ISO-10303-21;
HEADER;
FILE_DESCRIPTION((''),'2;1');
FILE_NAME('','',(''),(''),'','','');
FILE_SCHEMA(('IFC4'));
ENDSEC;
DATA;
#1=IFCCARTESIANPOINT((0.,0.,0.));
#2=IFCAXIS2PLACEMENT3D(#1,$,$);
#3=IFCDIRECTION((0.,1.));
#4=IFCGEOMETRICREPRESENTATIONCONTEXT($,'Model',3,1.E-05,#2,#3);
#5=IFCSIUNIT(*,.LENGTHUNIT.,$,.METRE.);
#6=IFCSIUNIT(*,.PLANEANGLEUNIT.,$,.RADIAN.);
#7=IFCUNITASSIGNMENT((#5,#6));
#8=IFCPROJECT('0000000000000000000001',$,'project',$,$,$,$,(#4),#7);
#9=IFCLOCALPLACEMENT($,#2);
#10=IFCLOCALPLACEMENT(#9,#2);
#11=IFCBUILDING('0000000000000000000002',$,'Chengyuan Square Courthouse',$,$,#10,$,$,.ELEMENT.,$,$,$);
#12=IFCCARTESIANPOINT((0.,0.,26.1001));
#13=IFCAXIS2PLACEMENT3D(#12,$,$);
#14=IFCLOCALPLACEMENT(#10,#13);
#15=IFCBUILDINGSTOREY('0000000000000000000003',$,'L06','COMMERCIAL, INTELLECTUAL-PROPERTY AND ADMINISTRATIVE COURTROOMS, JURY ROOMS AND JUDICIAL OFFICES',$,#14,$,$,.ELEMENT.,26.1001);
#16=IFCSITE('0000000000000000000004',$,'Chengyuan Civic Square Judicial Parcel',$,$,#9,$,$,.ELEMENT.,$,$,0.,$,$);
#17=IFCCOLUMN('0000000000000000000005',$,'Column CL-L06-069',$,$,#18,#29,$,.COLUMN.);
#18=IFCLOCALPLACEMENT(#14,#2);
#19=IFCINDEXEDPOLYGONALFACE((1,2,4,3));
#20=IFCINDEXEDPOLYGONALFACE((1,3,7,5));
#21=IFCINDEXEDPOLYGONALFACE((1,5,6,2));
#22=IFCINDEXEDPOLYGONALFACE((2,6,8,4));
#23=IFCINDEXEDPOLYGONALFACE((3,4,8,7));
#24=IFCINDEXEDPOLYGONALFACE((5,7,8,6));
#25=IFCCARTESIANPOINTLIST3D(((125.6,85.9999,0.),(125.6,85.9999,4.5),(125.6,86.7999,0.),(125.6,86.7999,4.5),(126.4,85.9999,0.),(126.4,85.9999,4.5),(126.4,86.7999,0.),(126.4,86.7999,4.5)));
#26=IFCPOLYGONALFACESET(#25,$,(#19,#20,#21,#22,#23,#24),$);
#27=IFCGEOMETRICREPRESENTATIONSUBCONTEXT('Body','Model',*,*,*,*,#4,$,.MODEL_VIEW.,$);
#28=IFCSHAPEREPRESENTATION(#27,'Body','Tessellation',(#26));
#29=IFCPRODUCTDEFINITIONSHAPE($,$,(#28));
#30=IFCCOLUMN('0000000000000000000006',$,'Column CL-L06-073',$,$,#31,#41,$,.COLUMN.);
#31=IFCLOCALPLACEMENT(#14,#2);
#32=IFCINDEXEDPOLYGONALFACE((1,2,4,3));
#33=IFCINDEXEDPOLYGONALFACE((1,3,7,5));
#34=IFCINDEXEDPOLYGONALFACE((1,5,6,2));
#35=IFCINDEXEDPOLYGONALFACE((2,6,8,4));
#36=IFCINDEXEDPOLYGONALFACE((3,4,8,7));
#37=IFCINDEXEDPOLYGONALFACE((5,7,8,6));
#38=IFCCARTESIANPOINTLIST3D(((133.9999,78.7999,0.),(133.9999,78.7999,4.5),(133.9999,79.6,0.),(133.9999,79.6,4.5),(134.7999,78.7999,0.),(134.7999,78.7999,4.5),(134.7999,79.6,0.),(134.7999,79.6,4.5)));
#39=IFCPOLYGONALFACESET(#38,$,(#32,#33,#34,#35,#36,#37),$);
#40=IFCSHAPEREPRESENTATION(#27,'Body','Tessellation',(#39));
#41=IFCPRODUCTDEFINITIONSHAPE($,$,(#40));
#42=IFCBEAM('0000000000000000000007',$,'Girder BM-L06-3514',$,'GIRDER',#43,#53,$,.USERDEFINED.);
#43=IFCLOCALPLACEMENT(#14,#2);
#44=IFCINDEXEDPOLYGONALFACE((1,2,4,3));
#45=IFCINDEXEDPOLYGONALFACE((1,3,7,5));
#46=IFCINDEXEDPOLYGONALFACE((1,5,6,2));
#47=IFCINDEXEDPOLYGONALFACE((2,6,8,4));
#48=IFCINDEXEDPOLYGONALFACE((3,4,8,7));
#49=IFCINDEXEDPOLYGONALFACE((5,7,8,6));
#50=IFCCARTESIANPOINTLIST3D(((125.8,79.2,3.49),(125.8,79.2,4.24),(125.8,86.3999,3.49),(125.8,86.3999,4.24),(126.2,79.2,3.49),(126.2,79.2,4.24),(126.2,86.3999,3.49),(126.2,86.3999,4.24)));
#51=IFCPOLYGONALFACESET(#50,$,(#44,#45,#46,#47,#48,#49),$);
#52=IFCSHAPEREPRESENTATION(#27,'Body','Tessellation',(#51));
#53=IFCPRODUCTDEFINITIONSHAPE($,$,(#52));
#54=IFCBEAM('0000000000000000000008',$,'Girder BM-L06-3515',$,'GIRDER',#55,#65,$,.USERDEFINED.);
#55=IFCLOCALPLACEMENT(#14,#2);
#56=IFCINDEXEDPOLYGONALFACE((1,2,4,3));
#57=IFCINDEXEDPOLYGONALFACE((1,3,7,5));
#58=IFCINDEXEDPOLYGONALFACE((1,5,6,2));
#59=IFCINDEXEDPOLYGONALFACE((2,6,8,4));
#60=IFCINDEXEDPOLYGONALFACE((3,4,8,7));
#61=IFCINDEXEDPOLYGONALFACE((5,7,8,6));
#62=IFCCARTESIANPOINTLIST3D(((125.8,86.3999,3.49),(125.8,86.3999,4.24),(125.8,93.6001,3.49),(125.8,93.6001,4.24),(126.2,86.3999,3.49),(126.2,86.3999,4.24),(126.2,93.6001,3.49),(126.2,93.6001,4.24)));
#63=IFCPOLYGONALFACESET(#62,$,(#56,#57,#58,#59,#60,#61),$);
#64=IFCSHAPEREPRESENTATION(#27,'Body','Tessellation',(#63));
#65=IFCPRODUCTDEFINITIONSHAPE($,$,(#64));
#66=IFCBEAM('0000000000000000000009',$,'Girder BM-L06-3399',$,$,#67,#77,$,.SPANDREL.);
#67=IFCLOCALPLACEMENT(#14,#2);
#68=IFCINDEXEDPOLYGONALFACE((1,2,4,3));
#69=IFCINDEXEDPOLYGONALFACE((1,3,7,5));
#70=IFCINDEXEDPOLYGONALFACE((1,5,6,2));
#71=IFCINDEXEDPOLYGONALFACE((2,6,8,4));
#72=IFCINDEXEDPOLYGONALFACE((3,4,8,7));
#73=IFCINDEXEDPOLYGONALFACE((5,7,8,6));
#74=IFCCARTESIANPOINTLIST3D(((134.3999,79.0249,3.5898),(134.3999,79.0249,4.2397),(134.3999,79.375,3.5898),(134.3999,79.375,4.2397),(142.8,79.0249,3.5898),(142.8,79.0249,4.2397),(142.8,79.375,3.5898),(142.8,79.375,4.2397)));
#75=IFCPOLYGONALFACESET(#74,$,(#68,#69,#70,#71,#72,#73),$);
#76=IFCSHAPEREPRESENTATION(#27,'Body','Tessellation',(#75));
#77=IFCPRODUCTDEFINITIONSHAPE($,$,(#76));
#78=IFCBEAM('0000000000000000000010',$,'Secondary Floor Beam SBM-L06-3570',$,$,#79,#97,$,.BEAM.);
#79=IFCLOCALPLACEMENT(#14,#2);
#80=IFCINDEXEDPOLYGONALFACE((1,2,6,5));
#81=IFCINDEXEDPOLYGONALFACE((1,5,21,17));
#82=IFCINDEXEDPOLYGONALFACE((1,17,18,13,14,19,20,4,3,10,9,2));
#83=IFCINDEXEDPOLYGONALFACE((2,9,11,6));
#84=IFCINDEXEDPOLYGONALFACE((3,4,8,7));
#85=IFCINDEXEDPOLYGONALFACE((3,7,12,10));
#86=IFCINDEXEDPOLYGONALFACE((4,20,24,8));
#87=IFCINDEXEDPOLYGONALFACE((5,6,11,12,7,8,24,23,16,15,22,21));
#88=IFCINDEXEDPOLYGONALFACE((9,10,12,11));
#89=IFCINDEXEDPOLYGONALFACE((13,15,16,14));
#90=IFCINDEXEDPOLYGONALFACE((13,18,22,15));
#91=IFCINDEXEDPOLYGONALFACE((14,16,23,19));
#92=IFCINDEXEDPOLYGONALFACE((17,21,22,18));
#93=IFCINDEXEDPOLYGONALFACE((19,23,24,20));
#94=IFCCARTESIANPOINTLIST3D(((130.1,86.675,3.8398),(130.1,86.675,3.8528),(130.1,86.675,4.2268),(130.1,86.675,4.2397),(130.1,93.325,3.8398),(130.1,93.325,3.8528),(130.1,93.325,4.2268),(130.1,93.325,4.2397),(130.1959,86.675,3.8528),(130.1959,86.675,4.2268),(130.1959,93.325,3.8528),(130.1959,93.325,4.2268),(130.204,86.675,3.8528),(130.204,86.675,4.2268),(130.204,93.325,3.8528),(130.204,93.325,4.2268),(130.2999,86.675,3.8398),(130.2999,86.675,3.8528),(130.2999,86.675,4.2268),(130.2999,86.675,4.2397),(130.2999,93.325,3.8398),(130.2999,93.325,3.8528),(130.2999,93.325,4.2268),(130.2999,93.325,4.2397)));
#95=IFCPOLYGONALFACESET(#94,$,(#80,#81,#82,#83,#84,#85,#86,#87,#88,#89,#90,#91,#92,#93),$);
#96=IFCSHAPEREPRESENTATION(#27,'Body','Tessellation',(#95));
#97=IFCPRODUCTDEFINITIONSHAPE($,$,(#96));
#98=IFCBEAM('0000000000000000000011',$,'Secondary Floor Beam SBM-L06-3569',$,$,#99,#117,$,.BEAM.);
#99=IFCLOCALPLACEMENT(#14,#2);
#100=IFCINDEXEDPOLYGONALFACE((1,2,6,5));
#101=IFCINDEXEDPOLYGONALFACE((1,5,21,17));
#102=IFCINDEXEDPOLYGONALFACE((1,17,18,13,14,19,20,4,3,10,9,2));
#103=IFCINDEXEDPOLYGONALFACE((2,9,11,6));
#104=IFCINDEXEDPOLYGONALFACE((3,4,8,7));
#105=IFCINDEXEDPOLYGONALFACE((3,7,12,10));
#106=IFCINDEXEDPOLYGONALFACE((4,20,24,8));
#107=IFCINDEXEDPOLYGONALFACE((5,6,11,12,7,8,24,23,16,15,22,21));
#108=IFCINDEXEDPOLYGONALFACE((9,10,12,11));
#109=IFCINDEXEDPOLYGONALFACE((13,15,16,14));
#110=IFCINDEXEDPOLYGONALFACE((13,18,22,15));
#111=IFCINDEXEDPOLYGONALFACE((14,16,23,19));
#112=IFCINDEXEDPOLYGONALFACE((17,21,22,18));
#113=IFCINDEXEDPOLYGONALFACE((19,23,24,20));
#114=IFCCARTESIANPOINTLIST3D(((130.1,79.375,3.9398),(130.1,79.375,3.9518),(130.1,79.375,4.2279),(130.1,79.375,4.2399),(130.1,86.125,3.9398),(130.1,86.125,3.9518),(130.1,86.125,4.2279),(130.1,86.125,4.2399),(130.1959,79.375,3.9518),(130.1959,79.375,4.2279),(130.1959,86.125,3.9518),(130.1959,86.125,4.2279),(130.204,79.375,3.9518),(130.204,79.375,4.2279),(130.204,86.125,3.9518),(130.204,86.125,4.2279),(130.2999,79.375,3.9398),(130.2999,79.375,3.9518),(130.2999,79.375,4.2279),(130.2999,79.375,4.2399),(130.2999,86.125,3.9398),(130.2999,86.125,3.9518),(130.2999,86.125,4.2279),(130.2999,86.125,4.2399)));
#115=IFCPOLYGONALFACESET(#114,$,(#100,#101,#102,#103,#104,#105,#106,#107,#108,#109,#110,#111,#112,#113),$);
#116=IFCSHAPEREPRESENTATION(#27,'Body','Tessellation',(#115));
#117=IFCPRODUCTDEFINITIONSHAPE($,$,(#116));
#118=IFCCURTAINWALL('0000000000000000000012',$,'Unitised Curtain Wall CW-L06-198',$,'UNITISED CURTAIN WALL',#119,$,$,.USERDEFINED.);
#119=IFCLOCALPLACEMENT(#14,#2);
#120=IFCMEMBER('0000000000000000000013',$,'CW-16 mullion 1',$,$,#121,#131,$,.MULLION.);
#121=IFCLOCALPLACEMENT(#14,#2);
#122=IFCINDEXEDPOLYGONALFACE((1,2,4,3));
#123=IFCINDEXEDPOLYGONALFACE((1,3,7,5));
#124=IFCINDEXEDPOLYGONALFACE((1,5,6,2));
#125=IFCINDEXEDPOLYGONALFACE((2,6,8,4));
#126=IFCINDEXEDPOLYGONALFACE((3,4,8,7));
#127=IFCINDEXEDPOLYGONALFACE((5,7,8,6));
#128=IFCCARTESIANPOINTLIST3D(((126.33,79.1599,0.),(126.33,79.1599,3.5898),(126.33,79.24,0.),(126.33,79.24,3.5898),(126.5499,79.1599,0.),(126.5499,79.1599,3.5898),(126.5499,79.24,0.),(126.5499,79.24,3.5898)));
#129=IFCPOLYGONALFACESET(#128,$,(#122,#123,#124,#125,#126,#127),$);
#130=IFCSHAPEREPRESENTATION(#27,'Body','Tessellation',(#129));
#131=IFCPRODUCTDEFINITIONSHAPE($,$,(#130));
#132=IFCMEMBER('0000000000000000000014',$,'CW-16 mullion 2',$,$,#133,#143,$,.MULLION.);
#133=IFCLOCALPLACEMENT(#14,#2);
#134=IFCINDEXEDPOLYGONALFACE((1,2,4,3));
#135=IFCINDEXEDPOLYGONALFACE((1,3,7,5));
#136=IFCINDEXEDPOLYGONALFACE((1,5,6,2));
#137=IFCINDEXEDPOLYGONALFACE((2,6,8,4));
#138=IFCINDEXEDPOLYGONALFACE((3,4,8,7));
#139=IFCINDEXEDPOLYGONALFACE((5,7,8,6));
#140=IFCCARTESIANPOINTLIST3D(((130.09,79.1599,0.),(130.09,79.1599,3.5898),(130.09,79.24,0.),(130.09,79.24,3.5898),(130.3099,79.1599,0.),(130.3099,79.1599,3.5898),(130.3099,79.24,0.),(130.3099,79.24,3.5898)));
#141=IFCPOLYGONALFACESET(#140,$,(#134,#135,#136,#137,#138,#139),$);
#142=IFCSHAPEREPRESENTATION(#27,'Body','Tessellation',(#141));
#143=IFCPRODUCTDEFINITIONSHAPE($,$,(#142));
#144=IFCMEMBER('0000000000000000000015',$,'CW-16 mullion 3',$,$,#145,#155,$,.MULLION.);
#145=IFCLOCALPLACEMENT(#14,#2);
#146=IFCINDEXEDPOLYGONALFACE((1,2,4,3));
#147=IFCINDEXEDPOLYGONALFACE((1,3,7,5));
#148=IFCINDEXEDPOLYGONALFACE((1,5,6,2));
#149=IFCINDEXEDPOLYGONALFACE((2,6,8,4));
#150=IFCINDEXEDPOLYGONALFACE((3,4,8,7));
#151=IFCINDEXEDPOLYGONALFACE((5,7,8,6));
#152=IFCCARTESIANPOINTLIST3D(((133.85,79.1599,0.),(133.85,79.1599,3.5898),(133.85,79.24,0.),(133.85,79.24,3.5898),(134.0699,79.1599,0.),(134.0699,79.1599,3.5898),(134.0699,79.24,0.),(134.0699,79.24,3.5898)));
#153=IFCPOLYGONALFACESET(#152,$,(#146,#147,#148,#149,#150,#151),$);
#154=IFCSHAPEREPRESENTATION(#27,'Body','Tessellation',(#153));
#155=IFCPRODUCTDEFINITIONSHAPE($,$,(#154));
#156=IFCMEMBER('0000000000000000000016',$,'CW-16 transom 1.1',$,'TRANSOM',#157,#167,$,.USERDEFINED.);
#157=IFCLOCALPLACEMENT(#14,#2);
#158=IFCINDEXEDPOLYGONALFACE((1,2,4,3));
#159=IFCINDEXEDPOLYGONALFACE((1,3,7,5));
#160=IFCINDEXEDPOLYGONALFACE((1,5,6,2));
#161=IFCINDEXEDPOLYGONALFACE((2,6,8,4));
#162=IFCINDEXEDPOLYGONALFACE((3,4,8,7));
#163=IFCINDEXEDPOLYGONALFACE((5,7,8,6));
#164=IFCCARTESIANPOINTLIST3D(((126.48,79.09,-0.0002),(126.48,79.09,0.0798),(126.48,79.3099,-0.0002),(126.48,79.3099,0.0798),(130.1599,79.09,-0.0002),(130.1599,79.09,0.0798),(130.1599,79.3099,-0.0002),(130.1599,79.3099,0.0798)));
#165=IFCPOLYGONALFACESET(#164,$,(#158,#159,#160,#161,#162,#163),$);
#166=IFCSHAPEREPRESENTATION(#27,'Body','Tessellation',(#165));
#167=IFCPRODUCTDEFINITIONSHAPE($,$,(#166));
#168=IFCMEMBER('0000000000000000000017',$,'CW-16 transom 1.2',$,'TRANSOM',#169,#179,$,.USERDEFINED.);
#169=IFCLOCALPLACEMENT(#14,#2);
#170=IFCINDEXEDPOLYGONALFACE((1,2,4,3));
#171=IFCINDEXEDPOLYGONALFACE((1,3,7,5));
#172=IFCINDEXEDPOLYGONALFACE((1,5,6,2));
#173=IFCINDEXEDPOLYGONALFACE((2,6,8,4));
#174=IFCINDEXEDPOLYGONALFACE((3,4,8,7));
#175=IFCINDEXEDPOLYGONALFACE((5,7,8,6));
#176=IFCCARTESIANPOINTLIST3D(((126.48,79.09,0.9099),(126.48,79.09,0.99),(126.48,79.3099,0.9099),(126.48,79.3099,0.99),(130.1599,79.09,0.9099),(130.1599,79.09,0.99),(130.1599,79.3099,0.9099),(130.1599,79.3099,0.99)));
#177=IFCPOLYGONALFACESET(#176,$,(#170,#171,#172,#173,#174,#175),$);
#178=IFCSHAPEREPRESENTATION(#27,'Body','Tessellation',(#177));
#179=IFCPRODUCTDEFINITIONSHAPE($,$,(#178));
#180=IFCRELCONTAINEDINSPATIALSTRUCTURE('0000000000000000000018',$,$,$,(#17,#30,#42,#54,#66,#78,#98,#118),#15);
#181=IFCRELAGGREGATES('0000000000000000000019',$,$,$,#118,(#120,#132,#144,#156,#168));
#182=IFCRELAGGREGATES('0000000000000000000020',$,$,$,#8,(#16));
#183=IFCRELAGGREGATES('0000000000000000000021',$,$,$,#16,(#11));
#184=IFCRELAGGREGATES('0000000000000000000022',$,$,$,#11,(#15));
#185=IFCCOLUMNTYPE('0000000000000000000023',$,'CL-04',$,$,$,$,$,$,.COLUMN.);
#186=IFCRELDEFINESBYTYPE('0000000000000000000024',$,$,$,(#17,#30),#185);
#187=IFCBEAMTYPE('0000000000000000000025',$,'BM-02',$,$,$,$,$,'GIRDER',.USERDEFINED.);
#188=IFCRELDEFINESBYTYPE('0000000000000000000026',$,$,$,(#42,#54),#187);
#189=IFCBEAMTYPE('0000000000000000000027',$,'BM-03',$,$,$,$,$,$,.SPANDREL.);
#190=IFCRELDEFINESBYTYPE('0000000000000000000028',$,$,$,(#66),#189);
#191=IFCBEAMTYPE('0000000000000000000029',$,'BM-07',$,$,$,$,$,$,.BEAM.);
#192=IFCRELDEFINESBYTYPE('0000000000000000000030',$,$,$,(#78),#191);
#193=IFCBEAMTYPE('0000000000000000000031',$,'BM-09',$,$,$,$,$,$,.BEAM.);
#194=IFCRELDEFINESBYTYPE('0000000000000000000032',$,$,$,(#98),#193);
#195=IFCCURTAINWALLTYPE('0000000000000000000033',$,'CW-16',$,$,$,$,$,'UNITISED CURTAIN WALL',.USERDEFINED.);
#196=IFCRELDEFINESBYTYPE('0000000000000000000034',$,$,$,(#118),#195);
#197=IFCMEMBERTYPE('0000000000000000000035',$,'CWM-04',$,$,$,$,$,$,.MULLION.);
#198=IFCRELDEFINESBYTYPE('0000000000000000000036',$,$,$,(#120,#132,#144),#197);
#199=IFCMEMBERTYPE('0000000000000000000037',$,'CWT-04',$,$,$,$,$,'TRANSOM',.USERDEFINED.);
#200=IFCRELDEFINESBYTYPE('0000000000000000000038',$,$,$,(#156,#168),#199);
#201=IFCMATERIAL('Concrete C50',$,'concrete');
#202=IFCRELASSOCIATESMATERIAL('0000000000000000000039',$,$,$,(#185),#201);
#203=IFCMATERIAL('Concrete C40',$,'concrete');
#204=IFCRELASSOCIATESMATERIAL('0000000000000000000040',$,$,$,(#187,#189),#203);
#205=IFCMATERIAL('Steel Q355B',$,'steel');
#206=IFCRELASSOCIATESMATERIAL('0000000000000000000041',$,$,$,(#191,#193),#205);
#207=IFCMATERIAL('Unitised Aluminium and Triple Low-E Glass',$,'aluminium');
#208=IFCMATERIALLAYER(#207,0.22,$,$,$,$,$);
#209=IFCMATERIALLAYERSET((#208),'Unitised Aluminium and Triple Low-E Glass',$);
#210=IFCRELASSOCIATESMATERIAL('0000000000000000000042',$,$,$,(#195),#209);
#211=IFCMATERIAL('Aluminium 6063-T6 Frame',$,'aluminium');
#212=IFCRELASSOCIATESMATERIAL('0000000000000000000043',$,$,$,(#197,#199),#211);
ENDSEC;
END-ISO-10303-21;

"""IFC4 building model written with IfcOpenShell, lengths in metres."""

from ifc_helpers import new_model, si_unit, direction, frame, origin, origin_2d, place, context, subcontext, project, spatial, rectangle, i_section, extrude, material, layer, layer_set, material_profile, profile_set, type_object, element, aggregate, save


model = new_model("IFC4")

# Units and contexts
model_context = context("Model", 3, precision=1e-05, world=origin(), true_north=direction((0.0, 1.0)))
body_context = subcontext(model_context, "Body", "Model", "MODEL_VIEW")
ifc_project = project(units=[si_unit("LENGTHUNIT", "METRE"), si_unit("PLANEANGLEUNIT", "RADIAN")], contexts=[model_context])

# Site, building, storey
site_placement = place(None, origin())
site = spatial("IfcSite", under=ifc_project, at=site_placement, Name="Chengyuan Civic Square Judicial Parcel", CompositionType="ELEMENT", RefElevation=0.0)
building_placement = place(site_placement, origin())
building = spatial("IfcBuilding", under=site, at=building_placement, Name="Chengyuan Square Courthouse", CompositionType="ELEMENT")
storey_placement = place(building_placement, frame((0.0, 0.0, 26.1001)))
storey = spatial("IfcBuildingStorey", under=building, at=storey_placement, Name="L06", Description="COMMERCIAL, INTELLECTUAL-PROPERTY AND ADMINISTRATIVE COURTROOMS, JURY ROOMS AND JUDICIAL OFFICES", CompositionType="ELEMENT", Elevation=26.1001)

# Columns
ifc_material_1 = material(Name="Concrete C50", Category="concrete")
ifc_material_profile_1 = material_profile(ifc_material_1, rectangle(XDim=0.8, YDim=0.8, at=origin_2d()), Name="RC-COL-800x800")
ifc_profile_set_1 = profile_set([ifc_material_profile_1], Name="Concrete C50")
column_type = type_object("IfcColumnType", Name="CL-04", PredefinedType="COLUMN", material=ifc_profile_set_1)
for number, where, z_axis, x_axis, name in (
    (1, (126.0, 86.3999, 0.0), (0.0, 0.0, 1.0), (1.0, 0.0, 0.0), "Column CL-L06-069"),
    (2, (134.3999, 79.2, 0.0), (0.0, 0.0, 1.0), (1.0, 0.0, 0.0), "Column CL-L06-073"),
):
    element("IfcColumn", number, at=place(storey_placement, frame(where, z_axis=z_axis, x_axis=x_axis)), inside=storey, type_object=column_type, Name=name, PredefinedType="COLUMN", context=body_context, shape_type="SweptSolid", body=[
        extrude(rectangle(XDim=0.8, YDim=0.8, at=origin_2d()), origin(), (0.0, 0.0, 1.0), 4.5),
    ])

# Beams
ifc_material_2 = material(Name="Concrete C40", Category="concrete")
ifc_material_profile_2 = material_profile(ifc_material_2, rectangle(XDim=0.3999, YDim=0.75, at=origin_2d()), Name="RC-BM-400x750")
ifc_profile_set_2 = profile_set([ifc_material_profile_2], Name="Concrete C40")
beam_type_1 = type_object("IfcBeamType", Name="BM-02", ElementType="GIRDER", PredefinedType="USERDEFINED", material=ifc_profile_set_2)
beam_1_placement = place(storey_placement, frame((126.0, 79.2, 3.865), z_axis=(0.0, 1.0, 0.0), x_axis=(-1.0, 0.0, 0.0)))
element("IfcBeam", 3, at=beam_1_placement, inside=storey, type_object=beam_type_1, Name="Girder BM-L06-3514", ObjectType="GIRDER", PredefinedType="USERDEFINED", context=body_context, shape_type="SweptSolid", body=[
    extrude(rectangle(XDim=0.3999, YDim=0.75, at=origin_2d()), origin(), (0.0, 0.0, 1.0), 7.2),
])
beam_2_placement = place(storey_placement, frame((126.0, 86.3999, 3.865), z_axis=(0.0, 1.0, 0.0), x_axis=(-1.0, 0.0, 0.0)))
element("IfcBeam", 4, at=beam_2_placement, inside=storey, type_object=beam_type_1, Name="Girder BM-L06-3515", ObjectType="GIRDER", PredefinedType="USERDEFINED", context=body_context, shape_type="SweptSolid", body=[
    extrude(rectangle(XDim=0.3999, YDim=0.75, at=origin_2d()), origin(), (0.0, 0.0, 1.0), 7.2002),
])
ifc_material_profile_3 = material_profile(ifc_material_2, rectangle(XDim=0.3501, YDim=0.6499, at=origin_2d()), Name="RC-BM-350x650")
ifc_profile_set_3 = profile_set([ifc_material_profile_3], Name="Concrete C40")
beam_type_2 = type_object("IfcBeamType", Name="BM-03", PredefinedType="SPANDREL", material=ifc_profile_set_3)
beam_3_placement = place(storey_placement, frame((134.3999, 79.2, 3.9148), z_axis=(1.0, 0.0, 0.0), x_axis=(0.0, 1.0, 0.0)))
element("IfcBeam", 5, at=beam_3_placement, inside=storey, type_object=beam_type_2, Name="Girder BM-L06-3399", PredefinedType="SPANDREL", context=body_context, shape_type="SweptSolid", body=[
    extrude(rectangle(XDim=0.3501, YDim=0.6499, at=origin_2d()), origin(), (0.0, 0.0, 1.0), 8.4001),
])
ifc_material_3 = material(Name="Steel Q355B", Category="steel")
ifc_material_profile_4 = material_profile(ifc_material_3, i_section(OverallWidth=0.2, OverallDepth=0.3999, WebThickness=0.0081, FlangeThickness=0.0129, at=origin_2d()), Name="HN 400x200x8x13")
ifc_profile_set_4 = profile_set([ifc_material_profile_4], Name="Steel Q355B")
beam_type_3 = type_object("IfcBeamType", Name="BM-07", PredefinedType="BEAM", material=ifc_profile_set_4)
beam_4_placement = place(storey_placement, frame((130.2, 86.675, 4.0398), z_axis=(0.0, 1.0, 0.0), x_axis=(-1.0, 0.0, 0.0)))
element("IfcBeam", 6, at=beam_4_placement, inside=storey, type_object=beam_type_3, Name="Secondary Floor Beam SBM-L06-3570", PredefinedType="BEAM", context=body_context, shape_type="SweptSolid", body=[
    extrude(i_section(OverallWidth=0.2, OverallDepth=0.3999, WebThickness=0.0081, FlangeThickness=0.0129, at=origin_2d()), origin(), (0.0, 0.0, 1.0), 6.6499),
])
ifc_material_profile_5 = material_profile(ifc_material_3, i_section(OverallWidth=0.2, OverallDepth=0.3, WebThickness=0.0081, FlangeThickness=0.012, at=origin_2d()), Name="HM 300x200x8x12")
ifc_profile_set_5 = profile_set([ifc_material_profile_5], Name="Steel Q355B")
beam_type_4 = type_object("IfcBeamType", Name="BM-09", PredefinedType="BEAM", material=ifc_profile_set_5)
beam_5_placement = place(storey_placement, frame((130.2, 79.375, 4.0898), z_axis=(0.0, 1.0, 0.0), x_axis=(-1.0, 0.0, 0.0)))
element("IfcBeam", 7, at=beam_5_placement, inside=storey, type_object=beam_type_4, Name="Secondary Floor Beam SBM-L06-3569", PredefinedType="BEAM", context=body_context, shape_type="SweptSolid", body=[
    extrude(i_section(OverallWidth=0.2, OverallDepth=0.3, WebThickness=0.0081, FlangeThickness=0.012, at=origin_2d()), origin(), (0.0, 0.0, 1.0), 6.75),
])

# Curtain wall, members
ifc_material_4 = material(Name="Unitised Aluminium and Triple Low-E Glass", Category="aluminium")
ifc_layer_1 = layer(ifc_material_4, 0.22)
ifc_layer_set_1 = layer_set([ifc_layer_1], Name="Unitised Aluminium and Triple Low-E Glass")
curtain_wall_type = type_object("IfcCurtainWallType", Name="CW-16", ElementType="UNITISED CURTAIN WALL", PredefinedType="USERDEFINED", material=ifc_layer_set_1)
curtain_wall_placement = place(storey_placement, origin())
curtain_wall = element("IfcCurtainWall", 8, at=curtain_wall_placement, inside=storey, type_object=curtain_wall_type, Name="Unitised Curtain Wall CW-L06-198", ObjectType="UNITISED CURTAIN WALL", PredefinedType="USERDEFINED")
ifc_material_5 = material(Name="Aluminium 6063-T6 Frame", Category="aluminium")
ifc_material_profile_6 = material_profile(ifc_material_5, rectangle(XDim=0.0801, YDim=0.22, at=origin_2d()), Name="CW-MUL-80x220")
ifc_profile_set_6 = profile_set([ifc_material_profile_6], Name="Aluminium 6063-T6 Frame")
member_type_1 = type_object("IfcMemberType", Name="CWM-04", PredefinedType="MULLION", material=ifc_profile_set_6)
member_1_placement = place(storey_placement, frame((126.4399, 79.2, 0.0), z_axis=(0.0, 0.0, 1.0), x_axis=(0.0, 1.0, 0.0)))
member_1 = element("IfcMember", 9, at=member_1_placement, type_object=member_type_1, Name="CW-16 mullion 1", PredefinedType="MULLION", context=body_context, shape_type="SweptSolid", body=[
    extrude(rectangle(XDim=0.0801, YDim=0.22, at=origin_2d()), origin(), (0.0, 0.0, 1.0), 3.5898),
])
member_2_placement = place(storey_placement, frame((130.2, 79.2, 0.0), z_axis=(0.0, 0.0, 1.0), x_axis=(0.0, 1.0, 0.0)))
member_2 = element("IfcMember", 10, at=member_2_placement, type_object=member_type_1, Name="CW-16 mullion 2", PredefinedType="MULLION", context=body_context, shape_type="SweptSolid", body=[
    extrude(rectangle(XDim=0.0801, YDim=0.22, at=origin_2d()), origin(), (0.0, 0.0, 1.0), 3.5898),
])
member_3_placement = place(storey_placement, frame((133.96, 79.2, 0.0), z_axis=(0.0, 0.0, 1.0), x_axis=(0.0, 1.0, 0.0)))
member_3 = element("IfcMember", 11, at=member_3_placement, type_object=member_type_1, Name="CW-16 mullion 3", PredefinedType="MULLION", context=body_context, shape_type="SweptSolid", body=[
    extrude(rectangle(XDim=0.0801, YDim=0.22, at=origin_2d()), origin(), (0.0, 0.0, 1.0), 3.5898),
])
ifc_material_profile_7 = material_profile(ifc_material_5, rectangle(XDim=0.22, YDim=0.0801, at=origin_2d()), Name="CW-TRN-80x180")
ifc_profile_set_7 = profile_set([ifc_material_profile_7], Name="Aluminium 6063-T6 Frame")
member_type_2 = type_object("IfcMemberType", Name="CWT-04", ElementType="TRANSOM", PredefinedType="USERDEFINED", material=ifc_profile_set_7)
member_4_placement = place(storey_placement, frame((126.48, 79.2, 0.0398), z_axis=(1.0, 0.0, 0.0), x_axis=(0.0, 1.0, 0.0)))
member_4 = element("IfcMember", 12, at=member_4_placement, type_object=member_type_2, Name="CW-16 transom 1.1", ObjectType="TRANSOM", PredefinedType="USERDEFINED", context=body_context, shape_type="SweptSolid", body=[
    extrude(rectangle(XDim=0.22, YDim=0.0801, at=origin_2d()), origin(), (0.0, 0.0, 1.0), 3.6799),
])
member_5_placement = place(storey_placement, frame((126.48, 79.2, 0.95), z_axis=(1.0, 0.0, 0.0), x_axis=(0.0, 1.0, 0.0)))
member_5 = element("IfcMember", 13, at=member_5_placement, type_object=member_type_2, Name="CW-16 transom 1.2", ObjectType="TRANSOM", PredefinedType="USERDEFINED", context=body_context, shape_type="SweptSolid", body=[
    extrude(rectangle(XDim=0.22, YDim=0.0801, at=origin_2d()), origin(), (0.0, 0.0, 1.0), 3.6799),
])

aggregate(curtain_wall, [member_1, member_2, member_3, member_4, member_5])

save(model, "model.ifc")
